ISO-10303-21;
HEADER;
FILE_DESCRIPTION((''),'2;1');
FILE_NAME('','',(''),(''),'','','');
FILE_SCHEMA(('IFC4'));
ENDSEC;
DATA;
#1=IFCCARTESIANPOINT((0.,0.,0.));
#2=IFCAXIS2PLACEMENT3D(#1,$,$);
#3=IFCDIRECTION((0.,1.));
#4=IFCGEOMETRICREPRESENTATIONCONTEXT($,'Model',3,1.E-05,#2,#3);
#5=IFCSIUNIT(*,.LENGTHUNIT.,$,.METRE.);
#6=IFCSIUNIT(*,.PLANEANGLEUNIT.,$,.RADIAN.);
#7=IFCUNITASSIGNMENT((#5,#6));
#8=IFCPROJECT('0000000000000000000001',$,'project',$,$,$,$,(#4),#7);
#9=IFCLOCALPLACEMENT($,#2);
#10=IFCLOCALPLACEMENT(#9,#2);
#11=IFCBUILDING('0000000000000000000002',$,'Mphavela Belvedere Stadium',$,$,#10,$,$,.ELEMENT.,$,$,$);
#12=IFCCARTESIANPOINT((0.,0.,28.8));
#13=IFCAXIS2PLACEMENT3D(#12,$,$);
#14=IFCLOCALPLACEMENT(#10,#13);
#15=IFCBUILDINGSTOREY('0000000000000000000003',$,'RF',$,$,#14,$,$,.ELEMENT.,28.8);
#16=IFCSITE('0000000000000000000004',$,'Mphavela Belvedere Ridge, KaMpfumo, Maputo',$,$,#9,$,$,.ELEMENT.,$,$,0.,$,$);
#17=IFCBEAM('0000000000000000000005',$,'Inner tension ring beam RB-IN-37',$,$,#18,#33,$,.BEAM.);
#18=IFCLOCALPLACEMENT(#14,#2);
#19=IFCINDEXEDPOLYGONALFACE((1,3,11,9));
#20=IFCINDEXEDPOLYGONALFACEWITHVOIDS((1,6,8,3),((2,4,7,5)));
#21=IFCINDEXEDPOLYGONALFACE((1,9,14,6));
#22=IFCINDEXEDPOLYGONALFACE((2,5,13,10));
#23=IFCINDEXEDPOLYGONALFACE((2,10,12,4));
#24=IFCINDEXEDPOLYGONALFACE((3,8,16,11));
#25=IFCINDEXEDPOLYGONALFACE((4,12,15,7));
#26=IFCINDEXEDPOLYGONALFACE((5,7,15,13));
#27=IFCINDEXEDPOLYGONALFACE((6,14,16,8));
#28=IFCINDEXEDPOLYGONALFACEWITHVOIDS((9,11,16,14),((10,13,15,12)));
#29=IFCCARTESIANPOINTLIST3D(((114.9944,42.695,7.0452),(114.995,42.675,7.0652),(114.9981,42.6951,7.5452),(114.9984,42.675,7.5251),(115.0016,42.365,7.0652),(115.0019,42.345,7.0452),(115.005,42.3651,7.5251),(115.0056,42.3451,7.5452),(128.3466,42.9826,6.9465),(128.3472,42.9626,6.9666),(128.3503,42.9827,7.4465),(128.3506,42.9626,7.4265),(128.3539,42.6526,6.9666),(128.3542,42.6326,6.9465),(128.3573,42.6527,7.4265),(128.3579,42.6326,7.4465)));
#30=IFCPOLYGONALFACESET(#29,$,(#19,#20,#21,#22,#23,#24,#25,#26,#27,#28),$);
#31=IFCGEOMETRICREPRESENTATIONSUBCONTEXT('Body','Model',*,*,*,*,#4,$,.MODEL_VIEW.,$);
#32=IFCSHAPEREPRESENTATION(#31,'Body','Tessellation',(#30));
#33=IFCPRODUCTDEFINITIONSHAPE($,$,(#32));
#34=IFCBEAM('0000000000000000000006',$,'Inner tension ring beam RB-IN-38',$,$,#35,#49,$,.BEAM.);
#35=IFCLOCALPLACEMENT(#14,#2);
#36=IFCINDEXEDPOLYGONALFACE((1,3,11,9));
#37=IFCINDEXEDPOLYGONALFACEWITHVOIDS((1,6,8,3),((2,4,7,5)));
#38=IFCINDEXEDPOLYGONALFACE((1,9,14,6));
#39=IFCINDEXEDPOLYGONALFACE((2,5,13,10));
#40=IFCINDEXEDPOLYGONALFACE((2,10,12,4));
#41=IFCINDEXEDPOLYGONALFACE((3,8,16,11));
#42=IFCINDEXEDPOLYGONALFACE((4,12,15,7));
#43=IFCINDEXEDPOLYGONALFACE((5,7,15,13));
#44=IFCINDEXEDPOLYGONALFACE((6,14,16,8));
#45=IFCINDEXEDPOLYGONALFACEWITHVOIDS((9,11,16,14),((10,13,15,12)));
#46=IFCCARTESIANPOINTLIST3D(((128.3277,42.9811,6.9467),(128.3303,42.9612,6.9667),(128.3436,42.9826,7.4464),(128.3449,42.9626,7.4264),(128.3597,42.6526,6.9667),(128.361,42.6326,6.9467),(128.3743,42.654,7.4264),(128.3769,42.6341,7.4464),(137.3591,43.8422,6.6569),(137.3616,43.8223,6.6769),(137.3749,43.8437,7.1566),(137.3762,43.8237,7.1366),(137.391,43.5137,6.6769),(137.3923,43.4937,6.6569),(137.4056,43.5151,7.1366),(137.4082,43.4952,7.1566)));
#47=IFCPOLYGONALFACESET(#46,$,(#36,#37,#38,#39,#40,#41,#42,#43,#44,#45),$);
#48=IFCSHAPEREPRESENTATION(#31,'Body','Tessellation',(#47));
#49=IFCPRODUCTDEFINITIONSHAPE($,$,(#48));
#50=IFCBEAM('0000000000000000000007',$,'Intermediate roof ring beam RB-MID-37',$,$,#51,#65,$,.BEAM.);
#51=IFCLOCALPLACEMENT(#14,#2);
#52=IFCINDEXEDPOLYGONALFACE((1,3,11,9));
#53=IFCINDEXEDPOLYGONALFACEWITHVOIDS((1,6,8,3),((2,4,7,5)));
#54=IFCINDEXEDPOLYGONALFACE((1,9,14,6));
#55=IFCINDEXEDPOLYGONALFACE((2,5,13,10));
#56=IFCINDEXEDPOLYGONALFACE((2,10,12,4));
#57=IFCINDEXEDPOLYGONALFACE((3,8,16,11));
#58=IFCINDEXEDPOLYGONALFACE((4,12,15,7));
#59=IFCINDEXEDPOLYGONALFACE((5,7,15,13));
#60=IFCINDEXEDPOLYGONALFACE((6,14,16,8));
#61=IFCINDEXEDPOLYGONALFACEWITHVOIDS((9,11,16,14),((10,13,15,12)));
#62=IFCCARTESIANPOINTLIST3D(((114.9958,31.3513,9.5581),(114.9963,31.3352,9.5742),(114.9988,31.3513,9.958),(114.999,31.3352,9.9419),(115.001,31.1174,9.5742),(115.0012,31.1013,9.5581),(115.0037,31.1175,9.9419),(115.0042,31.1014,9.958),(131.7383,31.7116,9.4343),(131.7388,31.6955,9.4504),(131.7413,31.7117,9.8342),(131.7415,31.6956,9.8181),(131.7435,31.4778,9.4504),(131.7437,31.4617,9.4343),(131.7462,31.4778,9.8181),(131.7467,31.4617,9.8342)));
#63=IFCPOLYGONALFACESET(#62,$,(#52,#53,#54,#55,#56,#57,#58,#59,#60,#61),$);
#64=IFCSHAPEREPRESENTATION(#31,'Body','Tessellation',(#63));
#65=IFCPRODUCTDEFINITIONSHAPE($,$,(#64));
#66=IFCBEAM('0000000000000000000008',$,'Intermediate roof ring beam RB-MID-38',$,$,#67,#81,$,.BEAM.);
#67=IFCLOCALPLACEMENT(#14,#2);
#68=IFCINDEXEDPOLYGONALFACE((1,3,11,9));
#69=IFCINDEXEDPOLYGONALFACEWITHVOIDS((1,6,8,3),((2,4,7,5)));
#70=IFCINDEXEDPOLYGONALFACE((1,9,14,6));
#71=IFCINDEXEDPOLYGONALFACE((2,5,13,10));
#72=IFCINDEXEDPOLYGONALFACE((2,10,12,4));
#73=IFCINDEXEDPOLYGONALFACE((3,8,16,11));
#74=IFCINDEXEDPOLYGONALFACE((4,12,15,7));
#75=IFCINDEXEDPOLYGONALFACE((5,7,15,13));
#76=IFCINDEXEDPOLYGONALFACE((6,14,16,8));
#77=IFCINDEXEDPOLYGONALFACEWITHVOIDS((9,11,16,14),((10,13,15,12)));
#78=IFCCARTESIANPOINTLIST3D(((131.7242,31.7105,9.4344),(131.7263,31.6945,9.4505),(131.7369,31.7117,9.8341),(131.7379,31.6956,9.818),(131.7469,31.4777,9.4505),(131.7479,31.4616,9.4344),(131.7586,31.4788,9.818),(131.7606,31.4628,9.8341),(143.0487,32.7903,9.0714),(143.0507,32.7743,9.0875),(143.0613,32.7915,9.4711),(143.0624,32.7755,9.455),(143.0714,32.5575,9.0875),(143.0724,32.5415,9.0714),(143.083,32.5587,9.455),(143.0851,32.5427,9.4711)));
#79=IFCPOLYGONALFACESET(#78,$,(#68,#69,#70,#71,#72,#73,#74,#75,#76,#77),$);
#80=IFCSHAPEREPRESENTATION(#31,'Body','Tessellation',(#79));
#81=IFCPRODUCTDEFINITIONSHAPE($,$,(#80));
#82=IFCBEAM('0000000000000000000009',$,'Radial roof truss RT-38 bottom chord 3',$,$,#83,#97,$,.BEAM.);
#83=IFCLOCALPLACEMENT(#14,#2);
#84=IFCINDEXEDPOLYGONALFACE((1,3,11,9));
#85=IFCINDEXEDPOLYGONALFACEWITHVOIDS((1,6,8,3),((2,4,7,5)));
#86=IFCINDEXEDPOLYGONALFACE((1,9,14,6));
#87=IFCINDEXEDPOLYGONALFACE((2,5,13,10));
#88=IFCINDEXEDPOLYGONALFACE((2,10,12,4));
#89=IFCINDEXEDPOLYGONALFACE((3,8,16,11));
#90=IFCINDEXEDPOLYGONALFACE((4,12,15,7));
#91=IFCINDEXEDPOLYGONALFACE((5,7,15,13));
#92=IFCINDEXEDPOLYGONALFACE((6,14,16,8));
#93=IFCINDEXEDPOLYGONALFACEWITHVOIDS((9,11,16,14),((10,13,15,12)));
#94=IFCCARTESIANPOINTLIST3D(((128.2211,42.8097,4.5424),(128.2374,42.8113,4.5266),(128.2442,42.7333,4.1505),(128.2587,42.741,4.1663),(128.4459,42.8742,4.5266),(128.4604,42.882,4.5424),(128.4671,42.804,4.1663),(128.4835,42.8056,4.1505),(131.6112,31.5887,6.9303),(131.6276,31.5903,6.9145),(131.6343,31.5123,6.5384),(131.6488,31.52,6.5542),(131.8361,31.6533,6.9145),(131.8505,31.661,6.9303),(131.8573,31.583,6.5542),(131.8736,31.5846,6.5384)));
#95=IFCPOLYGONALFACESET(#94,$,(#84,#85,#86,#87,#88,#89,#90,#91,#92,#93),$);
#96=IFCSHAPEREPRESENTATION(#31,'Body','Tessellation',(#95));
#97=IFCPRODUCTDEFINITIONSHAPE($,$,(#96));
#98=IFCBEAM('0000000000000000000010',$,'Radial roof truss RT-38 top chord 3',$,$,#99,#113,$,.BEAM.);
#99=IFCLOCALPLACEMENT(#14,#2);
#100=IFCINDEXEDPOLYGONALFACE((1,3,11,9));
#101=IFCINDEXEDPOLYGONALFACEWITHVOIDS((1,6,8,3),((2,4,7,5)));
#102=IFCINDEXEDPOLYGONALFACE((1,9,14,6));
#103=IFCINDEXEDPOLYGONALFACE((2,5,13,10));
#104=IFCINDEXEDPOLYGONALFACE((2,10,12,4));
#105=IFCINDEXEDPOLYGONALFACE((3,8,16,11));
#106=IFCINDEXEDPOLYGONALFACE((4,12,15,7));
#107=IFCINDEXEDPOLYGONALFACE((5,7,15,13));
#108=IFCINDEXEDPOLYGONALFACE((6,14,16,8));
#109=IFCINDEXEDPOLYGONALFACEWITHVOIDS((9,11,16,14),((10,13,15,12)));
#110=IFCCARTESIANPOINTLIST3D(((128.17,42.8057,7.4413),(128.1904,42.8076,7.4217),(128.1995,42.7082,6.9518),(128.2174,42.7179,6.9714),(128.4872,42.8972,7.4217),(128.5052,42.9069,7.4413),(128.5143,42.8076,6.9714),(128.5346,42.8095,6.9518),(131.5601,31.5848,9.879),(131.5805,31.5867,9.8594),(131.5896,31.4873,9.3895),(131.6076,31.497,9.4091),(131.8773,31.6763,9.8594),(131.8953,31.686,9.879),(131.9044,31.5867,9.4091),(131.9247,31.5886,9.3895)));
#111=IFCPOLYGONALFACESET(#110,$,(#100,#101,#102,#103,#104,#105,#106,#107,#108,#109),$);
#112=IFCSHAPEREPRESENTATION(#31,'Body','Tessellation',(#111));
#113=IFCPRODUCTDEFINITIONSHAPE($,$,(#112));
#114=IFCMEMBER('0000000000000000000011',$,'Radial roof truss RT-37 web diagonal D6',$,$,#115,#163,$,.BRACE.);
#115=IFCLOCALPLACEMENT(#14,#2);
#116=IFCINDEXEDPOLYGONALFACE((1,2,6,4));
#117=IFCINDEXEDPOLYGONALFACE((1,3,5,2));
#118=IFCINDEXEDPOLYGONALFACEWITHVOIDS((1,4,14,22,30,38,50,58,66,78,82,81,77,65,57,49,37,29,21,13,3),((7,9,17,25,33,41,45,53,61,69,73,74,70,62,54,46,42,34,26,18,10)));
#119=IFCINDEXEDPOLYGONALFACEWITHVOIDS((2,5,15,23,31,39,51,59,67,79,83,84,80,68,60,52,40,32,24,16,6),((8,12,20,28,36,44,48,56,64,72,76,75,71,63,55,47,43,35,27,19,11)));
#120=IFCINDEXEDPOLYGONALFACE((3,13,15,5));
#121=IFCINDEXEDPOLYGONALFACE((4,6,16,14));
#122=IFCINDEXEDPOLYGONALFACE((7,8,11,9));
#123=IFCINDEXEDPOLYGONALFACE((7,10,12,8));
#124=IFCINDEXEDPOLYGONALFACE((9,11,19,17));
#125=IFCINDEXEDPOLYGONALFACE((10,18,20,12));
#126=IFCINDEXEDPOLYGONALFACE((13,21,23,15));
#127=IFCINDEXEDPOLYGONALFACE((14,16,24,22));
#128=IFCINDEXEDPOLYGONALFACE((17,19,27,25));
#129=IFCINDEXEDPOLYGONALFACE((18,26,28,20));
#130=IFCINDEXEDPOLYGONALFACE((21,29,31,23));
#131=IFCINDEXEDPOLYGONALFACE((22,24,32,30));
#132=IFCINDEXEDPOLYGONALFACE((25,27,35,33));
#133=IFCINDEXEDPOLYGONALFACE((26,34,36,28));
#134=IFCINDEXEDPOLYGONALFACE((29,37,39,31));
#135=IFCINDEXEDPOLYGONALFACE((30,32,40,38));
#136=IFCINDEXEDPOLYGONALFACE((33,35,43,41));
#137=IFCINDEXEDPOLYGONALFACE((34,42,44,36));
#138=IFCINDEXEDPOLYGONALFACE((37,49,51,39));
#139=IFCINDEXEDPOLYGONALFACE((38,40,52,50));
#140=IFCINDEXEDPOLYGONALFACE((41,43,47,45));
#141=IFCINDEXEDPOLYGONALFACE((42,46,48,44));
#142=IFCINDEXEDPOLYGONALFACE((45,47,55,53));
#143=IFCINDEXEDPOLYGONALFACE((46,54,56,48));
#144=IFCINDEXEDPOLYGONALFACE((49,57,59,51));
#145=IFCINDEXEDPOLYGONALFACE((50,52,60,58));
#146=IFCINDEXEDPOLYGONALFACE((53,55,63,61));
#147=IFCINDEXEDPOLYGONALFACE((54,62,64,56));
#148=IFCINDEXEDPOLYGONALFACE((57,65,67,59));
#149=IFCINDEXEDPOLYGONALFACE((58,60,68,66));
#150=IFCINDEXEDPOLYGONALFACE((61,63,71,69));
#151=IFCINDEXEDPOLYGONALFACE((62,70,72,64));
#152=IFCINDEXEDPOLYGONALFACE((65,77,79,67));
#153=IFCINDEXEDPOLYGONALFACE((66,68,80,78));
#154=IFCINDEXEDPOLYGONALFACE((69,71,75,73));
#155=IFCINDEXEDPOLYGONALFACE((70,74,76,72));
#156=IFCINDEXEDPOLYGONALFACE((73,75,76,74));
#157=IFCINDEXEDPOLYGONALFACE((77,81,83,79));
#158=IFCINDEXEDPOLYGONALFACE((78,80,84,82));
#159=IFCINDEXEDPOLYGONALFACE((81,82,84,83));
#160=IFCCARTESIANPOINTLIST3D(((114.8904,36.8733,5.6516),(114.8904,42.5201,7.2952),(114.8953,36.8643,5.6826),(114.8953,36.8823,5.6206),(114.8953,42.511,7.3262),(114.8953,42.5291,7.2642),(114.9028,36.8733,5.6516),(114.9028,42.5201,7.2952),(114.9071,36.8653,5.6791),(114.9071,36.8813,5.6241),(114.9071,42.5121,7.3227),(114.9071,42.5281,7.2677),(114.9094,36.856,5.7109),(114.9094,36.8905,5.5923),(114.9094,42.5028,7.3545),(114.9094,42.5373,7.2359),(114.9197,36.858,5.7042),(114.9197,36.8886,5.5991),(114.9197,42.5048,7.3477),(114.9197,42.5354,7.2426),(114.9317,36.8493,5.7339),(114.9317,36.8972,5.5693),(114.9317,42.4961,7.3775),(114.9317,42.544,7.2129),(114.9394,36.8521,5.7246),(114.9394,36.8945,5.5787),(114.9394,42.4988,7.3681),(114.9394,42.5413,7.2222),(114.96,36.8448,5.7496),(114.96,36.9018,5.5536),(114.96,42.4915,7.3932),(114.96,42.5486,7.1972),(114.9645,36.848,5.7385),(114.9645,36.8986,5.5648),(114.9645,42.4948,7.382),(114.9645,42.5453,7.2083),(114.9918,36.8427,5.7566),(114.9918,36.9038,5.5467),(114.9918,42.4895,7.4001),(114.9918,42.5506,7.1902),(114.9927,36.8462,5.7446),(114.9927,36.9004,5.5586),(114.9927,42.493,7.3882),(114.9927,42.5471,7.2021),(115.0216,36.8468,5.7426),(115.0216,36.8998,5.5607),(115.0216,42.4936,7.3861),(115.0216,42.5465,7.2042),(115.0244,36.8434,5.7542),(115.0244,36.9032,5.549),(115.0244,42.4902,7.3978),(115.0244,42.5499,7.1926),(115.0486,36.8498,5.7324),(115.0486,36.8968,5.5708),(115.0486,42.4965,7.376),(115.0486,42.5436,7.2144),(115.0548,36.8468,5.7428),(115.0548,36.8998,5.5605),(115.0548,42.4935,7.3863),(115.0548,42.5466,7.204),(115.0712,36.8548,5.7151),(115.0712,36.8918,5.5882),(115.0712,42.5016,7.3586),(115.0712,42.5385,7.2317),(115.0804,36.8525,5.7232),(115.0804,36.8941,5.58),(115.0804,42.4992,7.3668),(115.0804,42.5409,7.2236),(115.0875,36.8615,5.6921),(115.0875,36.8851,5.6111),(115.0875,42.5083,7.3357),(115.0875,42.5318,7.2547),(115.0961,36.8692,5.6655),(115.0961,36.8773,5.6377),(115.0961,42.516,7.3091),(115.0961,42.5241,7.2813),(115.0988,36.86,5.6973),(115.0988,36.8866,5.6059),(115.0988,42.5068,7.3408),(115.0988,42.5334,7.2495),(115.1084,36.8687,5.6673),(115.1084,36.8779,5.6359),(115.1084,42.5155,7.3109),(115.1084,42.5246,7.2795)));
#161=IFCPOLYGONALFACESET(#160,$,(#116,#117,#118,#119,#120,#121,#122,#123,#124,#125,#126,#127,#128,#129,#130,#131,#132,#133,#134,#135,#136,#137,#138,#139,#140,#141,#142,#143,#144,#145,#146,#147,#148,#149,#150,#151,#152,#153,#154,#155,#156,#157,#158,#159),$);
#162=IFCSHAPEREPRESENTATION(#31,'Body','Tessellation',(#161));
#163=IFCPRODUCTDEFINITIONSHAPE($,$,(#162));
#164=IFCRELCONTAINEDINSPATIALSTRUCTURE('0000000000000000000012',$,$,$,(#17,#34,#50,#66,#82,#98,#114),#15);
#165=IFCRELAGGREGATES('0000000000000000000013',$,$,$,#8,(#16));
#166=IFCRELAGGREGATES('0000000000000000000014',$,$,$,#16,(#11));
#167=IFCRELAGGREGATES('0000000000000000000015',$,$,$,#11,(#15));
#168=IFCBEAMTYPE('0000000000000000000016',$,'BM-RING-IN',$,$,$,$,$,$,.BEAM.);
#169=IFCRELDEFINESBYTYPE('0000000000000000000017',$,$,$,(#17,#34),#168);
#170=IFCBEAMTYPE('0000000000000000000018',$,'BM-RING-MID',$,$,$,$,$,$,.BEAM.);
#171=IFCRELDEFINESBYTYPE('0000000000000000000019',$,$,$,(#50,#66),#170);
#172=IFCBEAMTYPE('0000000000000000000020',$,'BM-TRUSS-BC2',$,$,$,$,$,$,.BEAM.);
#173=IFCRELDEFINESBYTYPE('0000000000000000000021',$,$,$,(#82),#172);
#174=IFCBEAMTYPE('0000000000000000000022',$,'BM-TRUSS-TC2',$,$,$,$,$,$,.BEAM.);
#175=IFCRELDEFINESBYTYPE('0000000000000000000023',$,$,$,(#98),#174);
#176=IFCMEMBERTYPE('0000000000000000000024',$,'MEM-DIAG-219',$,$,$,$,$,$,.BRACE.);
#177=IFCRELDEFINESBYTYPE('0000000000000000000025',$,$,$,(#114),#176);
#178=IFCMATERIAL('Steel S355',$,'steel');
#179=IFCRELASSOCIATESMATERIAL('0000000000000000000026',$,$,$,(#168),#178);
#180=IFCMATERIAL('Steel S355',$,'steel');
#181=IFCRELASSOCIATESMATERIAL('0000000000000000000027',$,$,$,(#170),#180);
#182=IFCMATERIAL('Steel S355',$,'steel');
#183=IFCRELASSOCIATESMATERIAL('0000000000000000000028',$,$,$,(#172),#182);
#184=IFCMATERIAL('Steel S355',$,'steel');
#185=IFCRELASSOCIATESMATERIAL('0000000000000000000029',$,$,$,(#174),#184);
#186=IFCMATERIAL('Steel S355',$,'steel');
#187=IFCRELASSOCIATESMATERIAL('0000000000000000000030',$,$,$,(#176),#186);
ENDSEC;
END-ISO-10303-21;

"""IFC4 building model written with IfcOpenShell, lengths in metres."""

from ifc_helpers import new_model, si_unit, direction, frame, origin, origin_2d, place, context, subcontext, project, spatial, hollow_rectangle, hollow_circle, extrude, material, material_profile, profile_set, type_object, element, save


model = new_model("IFC4")

# Units and contexts
model_context = context("Model", 3, precision=1e-05, world=origin(), true_north=direction((0.0, 1.0)))
body_context = subcontext(model_context, "Body", "Model", "MODEL_VIEW")
ifc_project = project(units=[si_unit("LENGTHUNIT", "METRE"), si_unit("PLANEANGLEUNIT", "RADIAN")], contexts=[model_context])

# Site, building, storey
site_placement = place(None, origin())
site = spatial("IfcSite", under=ifc_project, at=site_placement, Name="Mphavela Belvedere Ridge, KaMpfumo, Maputo", CompositionType="ELEMENT", RefElevation=0.0)
building_placement = place(site_placement, origin())
building = spatial("IfcBuilding", under=site, at=building_placement, Name="Mphavela Belvedere Stadium", CompositionType="ELEMENT")
storey_placement = place(building_placement, frame((0.0, 0.0, 28.8)))
storey = spatial("IfcBuildingStorey", under=building, at=storey_placement, Name="RF", CompositionType="ELEMENT", Elevation=28.8)

# Beams
ifc_material_1 = material(Name="Steel S355", Category="steel")
ifc_material_profile_1 = material_profile(ifc_material_1, hollow_rectangle(XDim=0.3501, YDim=0.5, WallThickness=0.02, at=origin_2d()), Name="RHS 500x350x20")
ifc_profile_set_1 = profile_set([ifc_material_profile_1], Name="Steel S355")
beam_type_1 = type_object("IfcBeamType", Name="BM-RING-IN", PredefinedType="BEAM", material=ifc_profile_set_1)
beam_1_placement = place(storey_placement, frame((115.0, 42.52, 7.2952), z_axis=(0.999741, 0.021534, -0.007385), x_axis=(-0.021534, 0.999768, 0.0)))
element("IfcBeam", 1, at=beam_1_placement, inside=storey, type_object=beam_type_1, Name="Inner tension ring beam RB-IN-37", PredefinedType="BEAM", context=body_context, shape_type="SweptSolid", body=[
    extrude(hollow_rectangle(XDim=0.3501, YDim=0.5, WallThickness=0.02, at=origin_2d()), origin(), (0.0, 0.0, 1.0), 13.3557),
])
beam_2_placement = place(storey_placement, frame((128.3523, 42.8076, 7.1965), z_axis=(0.994978, 0.094866, -0.031927), x_axis=(-0.094914, 0.995485, 0.0)))
element("IfcBeam", 2, at=beam_2_placement, inside=storey, type_object=beam_type_1, Name="Inner tension ring beam RB-IN-38", PredefinedType="BEAM", context=body_context, shape_type="SweptSolid", body=[
    extrude(hollow_rectangle(XDim=0.3501, YDim=0.5, WallThickness=0.02, at=origin_2d()), origin(), (0.0, 0.0, 1.0), 9.0769),
])
ifc_material_2 = material(Name="Steel S355", Category="steel")
ifc_material_profile_2 = material_profile(ifc_material_2, hollow_rectangle(XDim=0.25, YDim=0.3999, WallThickness=0.0161, at=origin_2d()), Name="RHS 400x250x16")
ifc_profile_set_2 = profile_set([ifc_material_profile_2], Name="Steel S355")
beam_type_2 = type_object("IfcBeamType", Name="BM-RING-MID", PredefinedType="BEAM", material=ifc_profile_set_2)
beam_3_placement = place(storey_placement, frame((115.0, 31.2263, 9.7581), z_axis=(0.999741, 0.021518, -0.007391), x_axis=(-0.021518, 0.999768, 0.0)))
element("IfcBeam", 3, at=beam_3_placement, inside=storey, type_object=beam_type_2, Name="Intermediate roof ring beam RB-MID-37", PredefinedType="BEAM", context=body_context, shape_type="SweptSolid", body=[
    extrude(hollow_rectangle(XDim=0.25, YDim=0.3999, WallThickness=0.0161, at=origin_2d()), origin(), (0.0, 0.0, 1.0), 16.7468),
])
beam_4_placement = place(storey_placement, frame((131.7424, 31.5867, 9.6343), z_axis=(0.994978, 0.094875, -0.031897), x_axis=(-0.094924, 0.995485, 0.0)))
element("IfcBeam", 4, at=beam_4_placement, inside=storey, type_object=beam_type_2, Name="Intermediate roof ring beam RB-MID-38", PredefinedType="BEAM", context=body_context, shape_type="SweptSolid", body=[
    extrude(hollow_rectangle(XDim=0.25, YDim=0.3999, WallThickness=0.0161, at=origin_2d()), origin(), (0.0, 0.0, 1.0), 11.3816),
])
ifc_material_3 = material(Name="Steel S355", Category="steel")
ifc_material_profile_3 = material_profile(ifc_material_3, hollow_rectangle(XDim=0.25, YDim=0.3999, WallThickness=0.0161, at=origin_2d()), Name="RHS 400x250x16")
ifc_profile_set_3 = profile_set([ifc_material_profile_3], Name="Steel S355")
beam_type_3 = type_object("IfcBeamType", Name="BM-TRUSS-BC2", PredefinedType="BEAM", material=ifc_profile_set_3)
beam_5_placement = place(storey_placement, frame((131.7424, 31.5867, 6.7344), z_axis=(-0.283394, 0.937999, -0.199616), x_axis=(-0.957264, -0.289214, 0.0)))
element("IfcBeam", 5, at=beam_5_placement, inside=storey, type_object=beam_type_3, Name="Radial roof truss RT-38 bottom chord 3", PredefinedType="BEAM", context=body_context, shape_type="SweptSolid", body=[
    extrude(hollow_rectangle(XDim=0.25, YDim=0.3999, WallThickness=0.0161, at=origin_2d()), origin(), (0.0, 0.0, 1.0), 11.9626),
])
ifc_material_4 = material(Name="Steel S355", Category="steel")
ifc_material_profile_4 = material_profile(ifc_material_4, hollow_rectangle(XDim=0.3501, YDim=0.5, WallThickness=0.02, at=origin_2d()), Name="RHS 500x350x20")
ifc_profile_set_4 = profile_set([ifc_material_profile_4], Name="Steel S355")
beam_type_4 = type_object("IfcBeamType", Name="BM-TRUSS-TC2", PredefinedType="BEAM", material=ifc_profile_set_4)
beam_6_placement = place(storey_placement, frame((131.7424, 31.5867, 9.6343), z_axis=(-0.283156, 0.937212, -0.203609), x_axis=(-0.957264, -0.289214, 0.0)))
element("IfcBeam", 6, at=beam_6_placement, inside=storey, type_object=beam_type_4, Name="Radial roof truss RT-38 top chord 3", PredefinedType="BEAM", context=body_context, shape_type="SweptSolid", body=[
    extrude(hollow_rectangle(XDim=0.3501, YDim=0.5, WallThickness=0.02, at=origin_2d()), origin(), (0.0, 0.0, 1.0), 11.9727),
])

# Member
ifc_material_5 = material(Name="Steel S355", Category="steel")
ifc_material_profile_5 = material_profile(ifc_material_5, hollow_circle(Radius=0.1096, WallThickness=0.0125, at=origin_2d()), Name="CHS 219.1x12.5")
ifc_profile_set_5 = profile_set([ifc_material_profile_5], Name="Steel S355")
member_type_1 = type_object("IfcMemberType", Name="MEM-DIAG-219", PredefinedType="BRACE", material=ifc_profile_set_5)
member_1_placement = place(storey_placement, frame((115.0, 36.8733, 5.6516), z_axis=(0.0, 0.960156, 0.279466), x_axis=(-1.0, 0.0, 0.0)))
element("IfcMember", 7, at=member_1_placement, inside=storey, type_object=member_type_1, Name="Radial roof truss RT-37 web diagonal D6", PredefinedType="BRACE", context=body_context, shape_type="SweptSolid", body=[
    extrude(hollow_circle(Radius=0.1096, WallThickness=0.0125, at=origin_2d()), origin(), (0.0, 0.0, 1.0), 5.8811),
])

save(model, "model.ifc")
